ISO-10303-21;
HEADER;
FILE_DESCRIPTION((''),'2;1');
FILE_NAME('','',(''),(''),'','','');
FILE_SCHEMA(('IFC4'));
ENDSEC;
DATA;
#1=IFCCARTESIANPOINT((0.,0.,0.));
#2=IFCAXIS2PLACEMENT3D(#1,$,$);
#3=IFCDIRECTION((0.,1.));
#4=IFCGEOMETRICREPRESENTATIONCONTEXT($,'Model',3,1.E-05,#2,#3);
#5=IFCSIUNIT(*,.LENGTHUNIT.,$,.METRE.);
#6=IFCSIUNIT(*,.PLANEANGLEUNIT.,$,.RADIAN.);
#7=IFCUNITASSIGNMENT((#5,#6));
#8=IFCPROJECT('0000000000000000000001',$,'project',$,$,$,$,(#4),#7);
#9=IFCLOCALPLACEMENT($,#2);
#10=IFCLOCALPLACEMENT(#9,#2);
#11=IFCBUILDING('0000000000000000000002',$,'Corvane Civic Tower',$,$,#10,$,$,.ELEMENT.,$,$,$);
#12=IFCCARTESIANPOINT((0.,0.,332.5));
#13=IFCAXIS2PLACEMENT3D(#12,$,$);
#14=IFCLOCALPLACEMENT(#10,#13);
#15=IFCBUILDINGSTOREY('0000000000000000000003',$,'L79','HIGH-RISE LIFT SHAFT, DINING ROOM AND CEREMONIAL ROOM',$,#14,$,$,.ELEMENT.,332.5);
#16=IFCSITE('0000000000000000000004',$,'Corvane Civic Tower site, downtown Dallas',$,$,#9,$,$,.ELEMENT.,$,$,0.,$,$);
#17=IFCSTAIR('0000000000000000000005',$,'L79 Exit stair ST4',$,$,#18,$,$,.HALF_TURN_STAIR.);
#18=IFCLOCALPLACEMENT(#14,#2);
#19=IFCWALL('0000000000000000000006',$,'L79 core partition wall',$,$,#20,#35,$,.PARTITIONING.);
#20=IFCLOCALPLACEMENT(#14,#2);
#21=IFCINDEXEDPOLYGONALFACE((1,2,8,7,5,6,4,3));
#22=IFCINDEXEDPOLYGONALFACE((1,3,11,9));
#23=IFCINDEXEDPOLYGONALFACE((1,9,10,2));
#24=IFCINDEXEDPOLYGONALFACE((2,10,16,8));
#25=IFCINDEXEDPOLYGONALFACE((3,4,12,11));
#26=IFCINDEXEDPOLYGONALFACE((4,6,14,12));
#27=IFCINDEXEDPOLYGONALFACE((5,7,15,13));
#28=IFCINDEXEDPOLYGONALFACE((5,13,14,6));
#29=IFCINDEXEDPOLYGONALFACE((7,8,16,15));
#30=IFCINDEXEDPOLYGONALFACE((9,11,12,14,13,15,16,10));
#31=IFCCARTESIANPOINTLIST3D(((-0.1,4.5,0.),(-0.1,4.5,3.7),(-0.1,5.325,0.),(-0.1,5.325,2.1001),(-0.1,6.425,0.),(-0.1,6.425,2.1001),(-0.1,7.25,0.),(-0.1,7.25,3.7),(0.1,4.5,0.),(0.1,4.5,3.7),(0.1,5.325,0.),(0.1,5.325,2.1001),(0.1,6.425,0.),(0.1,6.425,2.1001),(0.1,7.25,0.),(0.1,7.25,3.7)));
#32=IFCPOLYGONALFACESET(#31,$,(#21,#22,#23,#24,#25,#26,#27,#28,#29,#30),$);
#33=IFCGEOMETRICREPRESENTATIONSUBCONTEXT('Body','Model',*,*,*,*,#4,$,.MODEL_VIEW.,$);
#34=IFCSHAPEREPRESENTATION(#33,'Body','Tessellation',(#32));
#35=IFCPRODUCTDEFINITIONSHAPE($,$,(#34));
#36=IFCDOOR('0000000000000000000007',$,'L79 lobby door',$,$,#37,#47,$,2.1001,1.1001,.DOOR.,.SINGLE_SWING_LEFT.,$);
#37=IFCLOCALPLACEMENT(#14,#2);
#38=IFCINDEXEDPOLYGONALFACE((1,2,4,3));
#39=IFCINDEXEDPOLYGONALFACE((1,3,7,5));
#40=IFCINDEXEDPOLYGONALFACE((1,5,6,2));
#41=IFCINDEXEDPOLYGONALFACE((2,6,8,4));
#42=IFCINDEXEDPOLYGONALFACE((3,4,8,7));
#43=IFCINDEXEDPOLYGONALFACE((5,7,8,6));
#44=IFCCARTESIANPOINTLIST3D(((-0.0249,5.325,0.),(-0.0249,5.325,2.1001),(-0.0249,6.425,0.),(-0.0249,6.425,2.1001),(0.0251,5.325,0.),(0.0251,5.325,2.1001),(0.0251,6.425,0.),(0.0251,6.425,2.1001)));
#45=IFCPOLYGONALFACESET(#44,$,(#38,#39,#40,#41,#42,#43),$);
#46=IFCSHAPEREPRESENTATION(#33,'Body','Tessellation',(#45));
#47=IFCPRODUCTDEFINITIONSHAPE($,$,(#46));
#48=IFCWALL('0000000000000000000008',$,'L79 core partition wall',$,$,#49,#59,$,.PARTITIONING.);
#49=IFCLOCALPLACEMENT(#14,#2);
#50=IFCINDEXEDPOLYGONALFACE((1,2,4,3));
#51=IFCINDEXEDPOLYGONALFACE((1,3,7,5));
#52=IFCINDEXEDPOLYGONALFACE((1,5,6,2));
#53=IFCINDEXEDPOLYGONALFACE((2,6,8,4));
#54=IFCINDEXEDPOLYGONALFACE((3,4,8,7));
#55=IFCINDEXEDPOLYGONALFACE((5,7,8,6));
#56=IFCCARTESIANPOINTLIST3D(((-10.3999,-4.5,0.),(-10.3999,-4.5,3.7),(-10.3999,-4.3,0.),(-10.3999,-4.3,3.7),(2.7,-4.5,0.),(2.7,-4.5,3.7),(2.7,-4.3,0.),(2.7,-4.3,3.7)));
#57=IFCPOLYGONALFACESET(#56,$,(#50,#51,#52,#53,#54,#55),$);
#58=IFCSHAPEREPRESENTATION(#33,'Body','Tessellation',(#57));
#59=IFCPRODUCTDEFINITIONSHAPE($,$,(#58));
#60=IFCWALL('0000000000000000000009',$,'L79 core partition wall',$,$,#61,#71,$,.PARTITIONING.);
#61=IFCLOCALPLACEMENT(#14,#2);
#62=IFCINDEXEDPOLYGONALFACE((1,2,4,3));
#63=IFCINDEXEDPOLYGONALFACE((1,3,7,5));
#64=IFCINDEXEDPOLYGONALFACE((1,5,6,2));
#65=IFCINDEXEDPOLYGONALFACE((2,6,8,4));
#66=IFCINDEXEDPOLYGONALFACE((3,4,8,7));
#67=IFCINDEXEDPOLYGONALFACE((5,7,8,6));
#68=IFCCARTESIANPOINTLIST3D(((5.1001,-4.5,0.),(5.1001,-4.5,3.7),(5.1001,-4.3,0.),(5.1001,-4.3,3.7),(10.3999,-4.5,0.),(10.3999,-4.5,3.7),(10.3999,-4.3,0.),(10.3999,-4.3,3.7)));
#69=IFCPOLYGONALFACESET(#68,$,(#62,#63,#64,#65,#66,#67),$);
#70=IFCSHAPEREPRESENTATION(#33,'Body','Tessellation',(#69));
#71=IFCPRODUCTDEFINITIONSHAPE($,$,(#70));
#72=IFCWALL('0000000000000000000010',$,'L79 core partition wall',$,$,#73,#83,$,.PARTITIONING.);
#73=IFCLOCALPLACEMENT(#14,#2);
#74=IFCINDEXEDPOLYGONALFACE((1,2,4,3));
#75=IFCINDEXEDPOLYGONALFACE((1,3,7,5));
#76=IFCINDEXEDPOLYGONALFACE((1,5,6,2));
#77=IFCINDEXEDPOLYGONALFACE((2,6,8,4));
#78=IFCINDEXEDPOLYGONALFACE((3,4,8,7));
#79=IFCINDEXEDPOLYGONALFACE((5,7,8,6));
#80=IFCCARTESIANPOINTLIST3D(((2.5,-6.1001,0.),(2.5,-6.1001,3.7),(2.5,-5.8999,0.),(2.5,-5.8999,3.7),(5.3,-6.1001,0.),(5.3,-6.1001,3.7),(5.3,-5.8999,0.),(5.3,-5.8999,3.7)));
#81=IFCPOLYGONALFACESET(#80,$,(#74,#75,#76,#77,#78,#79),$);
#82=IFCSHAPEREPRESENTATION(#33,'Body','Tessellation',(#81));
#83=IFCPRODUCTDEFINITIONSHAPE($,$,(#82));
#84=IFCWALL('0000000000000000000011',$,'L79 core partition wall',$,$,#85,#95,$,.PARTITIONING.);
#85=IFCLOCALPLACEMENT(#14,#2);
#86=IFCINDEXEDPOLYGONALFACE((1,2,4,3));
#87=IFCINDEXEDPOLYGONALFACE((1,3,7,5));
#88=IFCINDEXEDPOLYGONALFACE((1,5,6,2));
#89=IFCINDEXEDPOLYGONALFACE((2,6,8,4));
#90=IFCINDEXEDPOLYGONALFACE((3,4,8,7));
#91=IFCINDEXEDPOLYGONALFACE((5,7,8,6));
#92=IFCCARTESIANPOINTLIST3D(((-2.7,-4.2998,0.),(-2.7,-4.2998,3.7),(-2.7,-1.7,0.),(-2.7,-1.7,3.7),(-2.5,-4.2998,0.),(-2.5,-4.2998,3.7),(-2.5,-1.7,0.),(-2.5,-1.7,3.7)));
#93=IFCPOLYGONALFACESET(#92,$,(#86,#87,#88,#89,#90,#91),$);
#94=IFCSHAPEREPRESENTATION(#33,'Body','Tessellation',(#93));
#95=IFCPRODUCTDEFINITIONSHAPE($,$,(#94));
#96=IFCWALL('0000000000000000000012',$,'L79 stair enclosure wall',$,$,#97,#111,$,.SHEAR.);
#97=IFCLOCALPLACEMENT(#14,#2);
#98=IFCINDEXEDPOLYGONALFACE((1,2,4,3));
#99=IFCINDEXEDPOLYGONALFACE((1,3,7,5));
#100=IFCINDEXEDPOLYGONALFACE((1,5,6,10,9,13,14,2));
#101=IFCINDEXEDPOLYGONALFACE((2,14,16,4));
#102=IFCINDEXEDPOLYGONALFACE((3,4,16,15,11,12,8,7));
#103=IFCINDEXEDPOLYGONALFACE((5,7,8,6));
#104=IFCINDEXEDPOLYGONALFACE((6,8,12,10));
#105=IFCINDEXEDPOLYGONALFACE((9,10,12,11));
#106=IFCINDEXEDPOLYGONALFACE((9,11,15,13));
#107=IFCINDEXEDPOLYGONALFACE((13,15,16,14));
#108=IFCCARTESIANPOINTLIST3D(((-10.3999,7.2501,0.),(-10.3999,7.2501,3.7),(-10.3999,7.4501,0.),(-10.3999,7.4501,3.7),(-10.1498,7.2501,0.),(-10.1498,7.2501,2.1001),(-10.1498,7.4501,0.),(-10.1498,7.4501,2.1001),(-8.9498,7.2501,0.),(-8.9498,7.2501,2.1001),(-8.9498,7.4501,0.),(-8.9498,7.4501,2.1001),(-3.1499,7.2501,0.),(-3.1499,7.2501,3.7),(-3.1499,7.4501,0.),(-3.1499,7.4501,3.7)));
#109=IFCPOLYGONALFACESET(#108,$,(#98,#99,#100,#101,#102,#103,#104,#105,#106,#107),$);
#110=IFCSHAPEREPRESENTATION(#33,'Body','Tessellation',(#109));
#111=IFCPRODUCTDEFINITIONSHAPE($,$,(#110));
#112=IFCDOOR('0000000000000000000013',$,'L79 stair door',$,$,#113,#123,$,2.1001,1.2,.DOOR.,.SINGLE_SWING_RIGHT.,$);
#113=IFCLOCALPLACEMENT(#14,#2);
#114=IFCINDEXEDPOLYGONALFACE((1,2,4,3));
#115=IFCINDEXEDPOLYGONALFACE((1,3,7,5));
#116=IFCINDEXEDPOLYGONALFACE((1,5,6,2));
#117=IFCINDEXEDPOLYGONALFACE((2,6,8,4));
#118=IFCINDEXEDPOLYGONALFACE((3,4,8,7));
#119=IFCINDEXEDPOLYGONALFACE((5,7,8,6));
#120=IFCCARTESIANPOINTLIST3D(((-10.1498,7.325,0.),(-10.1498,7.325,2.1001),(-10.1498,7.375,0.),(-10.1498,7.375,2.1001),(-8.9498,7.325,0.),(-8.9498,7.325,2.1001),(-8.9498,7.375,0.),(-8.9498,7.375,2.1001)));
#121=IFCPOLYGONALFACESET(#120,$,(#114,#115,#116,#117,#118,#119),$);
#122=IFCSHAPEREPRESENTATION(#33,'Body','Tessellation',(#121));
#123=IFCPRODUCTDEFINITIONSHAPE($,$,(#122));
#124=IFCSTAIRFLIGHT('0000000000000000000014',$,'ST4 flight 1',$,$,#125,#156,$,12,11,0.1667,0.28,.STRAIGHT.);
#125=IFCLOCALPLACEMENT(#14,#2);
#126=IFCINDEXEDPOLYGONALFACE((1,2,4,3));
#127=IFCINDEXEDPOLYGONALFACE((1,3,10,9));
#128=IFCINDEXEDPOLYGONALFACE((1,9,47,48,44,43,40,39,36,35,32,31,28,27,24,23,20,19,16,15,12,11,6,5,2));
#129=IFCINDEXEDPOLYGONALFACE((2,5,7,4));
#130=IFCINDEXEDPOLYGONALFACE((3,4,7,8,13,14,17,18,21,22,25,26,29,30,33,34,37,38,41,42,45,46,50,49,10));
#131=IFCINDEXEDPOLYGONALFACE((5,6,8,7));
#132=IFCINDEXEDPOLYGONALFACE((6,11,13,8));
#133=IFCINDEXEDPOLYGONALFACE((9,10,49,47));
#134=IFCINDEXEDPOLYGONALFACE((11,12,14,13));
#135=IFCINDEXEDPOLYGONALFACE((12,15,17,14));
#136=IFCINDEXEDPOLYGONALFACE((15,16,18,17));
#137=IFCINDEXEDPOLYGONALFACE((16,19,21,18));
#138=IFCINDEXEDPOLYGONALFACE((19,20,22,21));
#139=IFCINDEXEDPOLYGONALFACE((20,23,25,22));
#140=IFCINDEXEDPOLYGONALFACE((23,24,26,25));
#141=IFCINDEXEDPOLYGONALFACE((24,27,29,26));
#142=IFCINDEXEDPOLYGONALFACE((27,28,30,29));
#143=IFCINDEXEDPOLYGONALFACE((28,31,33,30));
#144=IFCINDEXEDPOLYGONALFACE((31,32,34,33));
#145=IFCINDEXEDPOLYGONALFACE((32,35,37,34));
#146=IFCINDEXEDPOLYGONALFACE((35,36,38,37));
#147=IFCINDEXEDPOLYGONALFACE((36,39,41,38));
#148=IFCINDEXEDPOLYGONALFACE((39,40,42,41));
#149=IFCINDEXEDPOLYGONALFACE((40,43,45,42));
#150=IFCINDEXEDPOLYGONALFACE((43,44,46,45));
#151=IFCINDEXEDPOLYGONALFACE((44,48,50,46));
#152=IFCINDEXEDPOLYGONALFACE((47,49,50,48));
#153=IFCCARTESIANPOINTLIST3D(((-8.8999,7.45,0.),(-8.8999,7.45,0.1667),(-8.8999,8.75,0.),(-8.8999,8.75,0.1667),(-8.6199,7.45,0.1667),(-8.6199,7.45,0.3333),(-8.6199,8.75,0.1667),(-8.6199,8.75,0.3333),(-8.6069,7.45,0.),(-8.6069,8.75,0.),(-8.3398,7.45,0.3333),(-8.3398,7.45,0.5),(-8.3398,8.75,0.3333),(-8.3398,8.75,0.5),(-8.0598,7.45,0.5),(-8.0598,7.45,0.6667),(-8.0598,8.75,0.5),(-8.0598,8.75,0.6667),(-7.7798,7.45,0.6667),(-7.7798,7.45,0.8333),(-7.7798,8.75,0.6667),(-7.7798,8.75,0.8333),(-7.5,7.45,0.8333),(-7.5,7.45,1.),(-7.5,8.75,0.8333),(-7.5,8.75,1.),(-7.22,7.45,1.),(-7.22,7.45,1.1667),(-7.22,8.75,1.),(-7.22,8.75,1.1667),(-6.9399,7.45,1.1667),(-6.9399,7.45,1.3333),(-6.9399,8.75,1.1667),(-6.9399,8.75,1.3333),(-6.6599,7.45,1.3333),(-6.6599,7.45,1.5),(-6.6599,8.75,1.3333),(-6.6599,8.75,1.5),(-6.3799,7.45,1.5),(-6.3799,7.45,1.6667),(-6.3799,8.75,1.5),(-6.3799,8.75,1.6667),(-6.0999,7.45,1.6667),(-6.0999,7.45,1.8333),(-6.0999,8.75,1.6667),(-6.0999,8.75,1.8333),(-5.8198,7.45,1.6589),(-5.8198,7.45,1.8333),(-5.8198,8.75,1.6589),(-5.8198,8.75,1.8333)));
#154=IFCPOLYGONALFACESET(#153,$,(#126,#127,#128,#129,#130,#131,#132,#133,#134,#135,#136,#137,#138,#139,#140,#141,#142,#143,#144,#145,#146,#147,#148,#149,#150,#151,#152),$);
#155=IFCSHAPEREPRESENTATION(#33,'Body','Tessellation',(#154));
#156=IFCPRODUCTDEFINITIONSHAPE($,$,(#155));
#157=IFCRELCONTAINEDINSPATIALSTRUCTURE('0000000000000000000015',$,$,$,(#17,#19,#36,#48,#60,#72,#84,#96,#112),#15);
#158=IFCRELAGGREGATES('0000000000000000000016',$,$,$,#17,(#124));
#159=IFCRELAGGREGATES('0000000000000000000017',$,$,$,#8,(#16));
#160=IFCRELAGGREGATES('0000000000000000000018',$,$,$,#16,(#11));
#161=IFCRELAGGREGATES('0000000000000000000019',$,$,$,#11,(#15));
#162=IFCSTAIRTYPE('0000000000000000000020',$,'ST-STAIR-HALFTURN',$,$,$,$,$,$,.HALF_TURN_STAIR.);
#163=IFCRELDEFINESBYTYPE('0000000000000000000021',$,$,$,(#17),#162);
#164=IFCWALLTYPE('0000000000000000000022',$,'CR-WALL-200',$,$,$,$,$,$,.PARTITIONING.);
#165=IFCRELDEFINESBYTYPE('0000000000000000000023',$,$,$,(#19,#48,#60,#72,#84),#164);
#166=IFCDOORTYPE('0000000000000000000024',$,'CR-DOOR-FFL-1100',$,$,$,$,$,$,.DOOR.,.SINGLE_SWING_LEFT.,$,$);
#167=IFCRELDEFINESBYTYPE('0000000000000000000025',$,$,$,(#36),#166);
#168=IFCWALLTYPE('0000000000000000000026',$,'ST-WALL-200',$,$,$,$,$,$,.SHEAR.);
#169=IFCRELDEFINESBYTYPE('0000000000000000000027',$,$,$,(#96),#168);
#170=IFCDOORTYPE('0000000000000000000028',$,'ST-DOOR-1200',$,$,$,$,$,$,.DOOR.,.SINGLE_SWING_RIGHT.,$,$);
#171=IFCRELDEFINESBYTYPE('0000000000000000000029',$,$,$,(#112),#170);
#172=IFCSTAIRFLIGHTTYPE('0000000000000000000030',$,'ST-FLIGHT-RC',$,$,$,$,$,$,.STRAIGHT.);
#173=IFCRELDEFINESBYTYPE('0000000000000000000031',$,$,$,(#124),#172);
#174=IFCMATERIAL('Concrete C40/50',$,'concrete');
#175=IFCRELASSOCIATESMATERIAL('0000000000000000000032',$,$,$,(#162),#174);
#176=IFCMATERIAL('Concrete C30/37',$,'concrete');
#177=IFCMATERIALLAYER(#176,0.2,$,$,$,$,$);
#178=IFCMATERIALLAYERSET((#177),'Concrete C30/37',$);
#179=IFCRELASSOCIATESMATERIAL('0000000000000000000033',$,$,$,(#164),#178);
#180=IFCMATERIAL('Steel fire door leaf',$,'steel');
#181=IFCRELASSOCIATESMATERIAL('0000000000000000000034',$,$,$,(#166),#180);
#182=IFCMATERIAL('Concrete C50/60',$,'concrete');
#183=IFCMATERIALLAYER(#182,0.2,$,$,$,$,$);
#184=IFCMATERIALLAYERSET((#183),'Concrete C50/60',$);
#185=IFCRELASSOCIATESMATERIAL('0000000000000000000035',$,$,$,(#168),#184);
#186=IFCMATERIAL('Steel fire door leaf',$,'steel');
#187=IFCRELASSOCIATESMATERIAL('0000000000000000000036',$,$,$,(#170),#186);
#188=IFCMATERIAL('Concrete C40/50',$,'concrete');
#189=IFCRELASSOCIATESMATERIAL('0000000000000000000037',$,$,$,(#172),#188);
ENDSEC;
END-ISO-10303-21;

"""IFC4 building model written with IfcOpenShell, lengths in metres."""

from ifc_helpers import new_model, si_unit, direction, frame, frame_2d, origin, place, context, subcontext, project, spatial, polyline, rectangle, outline, extrude, material, layer, layer_set, type_object, element, fill, aggregate, save


model = new_model("IFC4")

# Units and contexts
model_context = context("Model", 3, precision=1e-05, world=origin(), true_north=direction((0.0, 1.0)))
body_context = subcontext(model_context, "Body", "Model", "MODEL_VIEW")
ifc_project = project(units=[si_unit("LENGTHUNIT", "METRE"), si_unit("PLANEANGLEUNIT", "RADIAN")], contexts=[model_context])

# Site, building, storey
site_placement = place(None, origin())
site = spatial("IfcSite", under=ifc_project, at=site_placement, Name="Corvane Civic Tower site, downtown Dallas", CompositionType="ELEMENT", RefElevation=0.0)
building_placement = place(site_placement, origin())
building = spatial("IfcBuilding", under=site, at=building_placement, Name="Corvane Civic Tower", CompositionType="ELEMENT")
storey_placement = place(building_placement, frame((0.0, 0.0, 332.5)))
storey = spatial("IfcBuildingStorey", under=building, at=storey_placement, Name="L79", Description="HIGH-RISE LIFT SHAFT, DINING ROOM AND CEREMONIAL ROOM", CompositionType="ELEMENT", Elevation=332.5)

# Stair
ifc_material_1 = material(Name="Concrete C40/50", Category="concrete")
stair_type = type_object("IfcStairType", Name="ST-STAIR-HALFTURN", PredefinedType="HALF_TURN_STAIR", material=ifc_material_1)
stair_1_placement = place(storey_placement, origin())
stair_1 = element("IfcStair", 1, at=stair_1_placement, inside=storey, type_object=stair_type, Name="L79 Exit stair ST4", PredefinedType="HALF_TURN_STAIR")

# Shared definitions
ifc_material_2 = material(Name="Concrete C30/37", Category="concrete")
ifc_layer_1 = layer(ifc_material_2, 0.2)
ifc_layer_set_1 = layer_set([ifc_layer_1], Name="Concrete C30/37")
wall_type_1 = type_object("IfcWallType", Name="CR-WALL-200", PredefinedType="PARTITIONING", material=ifc_layer_set_1)

# Wall, opening, door
wall_1_placement = place(storey_placement, frame((0.0, 4.5, 0.0), z_axis=(0.0, 0.0, 1.0), x_axis=(0.0, 1.0, 0.0)))
wall_1 = element("IfcWall", 2, at=wall_1_placement, inside=storey, type_object=wall_type_1, Name="L79 core partition wall", PredefinedType="PARTITIONING", context=body_context, shape_type="SweptSolid", body=[
    extrude(rectangle(XDim=2.75, YDim=0.2, at=frame_2d((1.375, 0.0))), origin(), (0.0, 0.0, 1.0), 3.7),
])
opening_1_placement = place(wall_1_placement, frame((0.825, 0.0, 0.0)))
opening_1 = element("IfcOpeningElement", 3, at=opening_1_placement, cuts=wall_1, PredefinedType="OPENING", context=body_context, shape_type="SweptSolid", body=[
    extrude(rectangle(XDim=1.1001, YDim=2.1001, at=frame_2d((0.55, 1.05))), frame((0.0, 0.1099, 0.0), z_axis=(0.0, -1.0, 0.0), x_axis=(1.0, 0.0, 0.0)), (0.0, 0.0, 1.0), 0.22),
])
ifc_material_3 = material(Name="Steel fire door leaf", Category="steel")
door_type_1 = type_object("IfcDoorType", Name="CR-DOOR-FFL-1100", OperationType="SINGLE_SWING_LEFT", PredefinedType="DOOR", material=ifc_material_3)
door_1_placement = place(opening_1_placement, origin())
door_1 = element("IfcDoor", 4, at=door_1_placement, inside=storey, type_object=door_type_1, Name="L79 lobby door", OperationType="SINGLE_SWING_LEFT", OverallHeight=2.1001, OverallWidth=1.1001, PredefinedType="DOOR", context=body_context, shape_type="SweptSolid", body=[
    extrude(rectangle(XDim=1.1001, YDim=2.1001, at=frame_2d((0.55, 1.05))), frame((0.0, 0.0249, 0.0), z_axis=(0.0, -1.0, 0.0), x_axis=(1.0, 0.0, 0.0)), (0.0, 0.0, 1.0), 0.05),
])
fill(opening_1, door_1)

# Walls
wall_2_placement = place(storey_placement, origin())
element("IfcWall", 5, at=wall_2_placement, inside=storey, type_object=wall_type_1, Name="L79 core partition wall", PredefinedType="PARTITIONING", context=body_context, shape_type="SweptSolid", body=[
    extrude(outline(polyline([(2.7, -4.3), (2.7, -4.5), (-10.3999, -4.5), (-10.3999, -4.3), (2.7, -4.3)])), origin(), (0.0, 0.0, 1.0), 3.7),
])
wall_3_placement = place(storey_placement, origin())
element("IfcWall", 6, at=wall_3_placement, inside=storey, type_object=wall_type_1, Name="L79 core partition wall", PredefinedType="PARTITIONING", context=body_context, shape_type="SweptSolid", body=[
    extrude(outline(polyline([(10.3999, -4.5), (5.1001, -4.5), (5.1001, -4.3), (10.3999, -4.3), (10.3999, -4.5)])), origin(), (0.0, 0.0, 1.0), 3.7),
])
wall_4_placement = place(storey_placement, origin())
element("IfcWall", 7, at=wall_4_placement, inside=storey, type_object=wall_type_1, Name="L79 core partition wall", PredefinedType="PARTITIONING", context=body_context, shape_type="SweptSolid", body=[
    extrude(outline(polyline([(5.3, -6.1001), (2.5, -6.1001), (2.5, -5.8999), (5.3, -5.8999), (5.3, -6.1001)])), origin(), (0.0, 0.0, 1.0), 3.7),
])
wall_5_placement = place(storey_placement, origin())
element("IfcWall", 8, at=wall_5_placement, inside=storey, type_object=wall_type_1, Name="L79 core partition wall", PredefinedType="PARTITIONING", context=body_context, shape_type="SweptSolid", body=[
    extrude(outline(polyline([(-2.5, -1.7), (-2.5, -4.2998), (-2.7, -4.2998), (-2.7, -1.7), (-2.5, -1.7)])), origin(), (0.0, 0.0, 1.0), 3.7),
])

# Wall, opening, door
ifc_material_4 = material(Name="Concrete C50/60", Category="concrete")
ifc_layer_2 = layer(ifc_material_4, 0.2)
ifc_layer_set_2 = layer_set([ifc_layer_2], Name="Concrete C50/60")
wall_type_2 = type_object("IfcWallType", Name="ST-WALL-200", PredefinedType="SHEAR", material=ifc_layer_set_2)
wall_6_placement = place(storey_placement, frame((-10.3999, 7.3501, 0.0), z_axis=(0.0, 0.0, 1.0), x_axis=(1.0, 0.0, 0.0)))
wall_6 = element("IfcWall", 9, at=wall_6_placement, inside=storey, type_object=wall_type_2, Name="L79 stair enclosure wall", PredefinedType="SHEAR", context=body_context, shape_type="SweptSolid", body=[
    extrude(rectangle(XDim=7.25, YDim=0.2, at=frame_2d((3.625, 0.0))), origin(), (0.0, 0.0, 1.0), 3.7),
])
opening_2_placement = place(wall_6_placement, frame((0.25, 0.0, 0.0)))
opening_2 = element("IfcOpeningElement", 10, at=opening_2_placement, cuts=wall_6, PredefinedType="OPENING", context=body_context, shape_type="SweptSolid", body=[
    extrude(rectangle(XDim=1.2, YDim=2.1001, at=frame_2d((0.6001, 1.05))), frame((0.0, 0.1099, 0.0), z_axis=(0.0, -1.0, 0.0), x_axis=(1.0, 0.0, 0.0)), (0.0, 0.0, 1.0), 0.22),
])
ifc_material_5 = material(Name="Steel fire door leaf", Category="steel")
door_type_2 = type_object("IfcDoorType", Name="ST-DOOR-1200", OperationType="SINGLE_SWING_RIGHT", PredefinedType="DOOR", material=ifc_material_5)
door_2_placement = place(opening_2_placement, origin())
door_2 = element("IfcDoor", 11, at=door_2_placement, inside=storey, type_object=door_type_2, Name="L79 stair door", OperationType="SINGLE_SWING_RIGHT", OverallHeight=2.1001, OverallWidth=1.2, PredefinedType="DOOR", context=body_context, shape_type="SweptSolid", body=[
    extrude(rectangle(XDim=1.2, YDim=2.1001, at=frame_2d((0.6001, 1.05))), frame((0.0, 0.0249, 0.0), z_axis=(0.0, -1.0, 0.0), x_axis=(1.0, 0.0, 0.0)), (0.0, 0.0, 1.0), 0.05),
])
fill(opening_2, door_2)

# Stair flight
ifc_material_6 = material(Name="Concrete C40/50", Category="concrete")
stair_flight_type = type_object("IfcStairFlightType", Name="ST-FLIGHT-RC", PredefinedType="STRAIGHT", material=ifc_material_6)
stair_flight_1_placement = place(storey_placement, frame((-8.8999, 8.1001, 0.0), z_axis=(0.0, 0.0, 1.0), x_axis=(1.0, 0.0, 0.0)))
stair_flight_1 = element("IfcStairFlight", 12, at=stair_flight_1_placement, type_object=stair_flight_type, Name="ST4 flight 1", NumberOfRisers=12, NumberOfTreads=11, PredefinedType="STRAIGHT", RiserHeight=0.1667, TreadLength=0.28, context=body_context, shape_type="SweptSolid", body=[
    extrude(outline(polyline([(0.0, 0.0), (0.0, 0.1667), (0.28, 0.1667), (0.28, 0.3333), (0.5601, 0.3333), (0.5601, 0.5), (0.8401, 0.5), (0.8401, 0.6667), (1.1201, 0.6667), (1.1201, 0.8333), (1.3999, 0.8333), (1.3999, 1.0), (1.6799, 1.0), (1.6799, 1.1667), (1.96, 1.1667), (1.96, 1.3333), (2.24, 1.3333), (2.24, 1.5), (2.52, 1.5), (2.52, 1.6667), (2.8, 1.6667), (2.8, 1.8333), (3.0801, 1.8333), (3.0801, 2.0), (3.0801, 1.6589), (0.293, 0.0), (0.0, 0.0)])), frame((0.0, 0.6499, 0.0), z_axis=(0.0, -1.0, 0.0), x_axis=(1.0, 0.0, 0.0)), (0.0, 0.0, 1.0), 1.3),
])
aggregate(stair_1, [stair_flight_1])

save(model, "model.ifc")
